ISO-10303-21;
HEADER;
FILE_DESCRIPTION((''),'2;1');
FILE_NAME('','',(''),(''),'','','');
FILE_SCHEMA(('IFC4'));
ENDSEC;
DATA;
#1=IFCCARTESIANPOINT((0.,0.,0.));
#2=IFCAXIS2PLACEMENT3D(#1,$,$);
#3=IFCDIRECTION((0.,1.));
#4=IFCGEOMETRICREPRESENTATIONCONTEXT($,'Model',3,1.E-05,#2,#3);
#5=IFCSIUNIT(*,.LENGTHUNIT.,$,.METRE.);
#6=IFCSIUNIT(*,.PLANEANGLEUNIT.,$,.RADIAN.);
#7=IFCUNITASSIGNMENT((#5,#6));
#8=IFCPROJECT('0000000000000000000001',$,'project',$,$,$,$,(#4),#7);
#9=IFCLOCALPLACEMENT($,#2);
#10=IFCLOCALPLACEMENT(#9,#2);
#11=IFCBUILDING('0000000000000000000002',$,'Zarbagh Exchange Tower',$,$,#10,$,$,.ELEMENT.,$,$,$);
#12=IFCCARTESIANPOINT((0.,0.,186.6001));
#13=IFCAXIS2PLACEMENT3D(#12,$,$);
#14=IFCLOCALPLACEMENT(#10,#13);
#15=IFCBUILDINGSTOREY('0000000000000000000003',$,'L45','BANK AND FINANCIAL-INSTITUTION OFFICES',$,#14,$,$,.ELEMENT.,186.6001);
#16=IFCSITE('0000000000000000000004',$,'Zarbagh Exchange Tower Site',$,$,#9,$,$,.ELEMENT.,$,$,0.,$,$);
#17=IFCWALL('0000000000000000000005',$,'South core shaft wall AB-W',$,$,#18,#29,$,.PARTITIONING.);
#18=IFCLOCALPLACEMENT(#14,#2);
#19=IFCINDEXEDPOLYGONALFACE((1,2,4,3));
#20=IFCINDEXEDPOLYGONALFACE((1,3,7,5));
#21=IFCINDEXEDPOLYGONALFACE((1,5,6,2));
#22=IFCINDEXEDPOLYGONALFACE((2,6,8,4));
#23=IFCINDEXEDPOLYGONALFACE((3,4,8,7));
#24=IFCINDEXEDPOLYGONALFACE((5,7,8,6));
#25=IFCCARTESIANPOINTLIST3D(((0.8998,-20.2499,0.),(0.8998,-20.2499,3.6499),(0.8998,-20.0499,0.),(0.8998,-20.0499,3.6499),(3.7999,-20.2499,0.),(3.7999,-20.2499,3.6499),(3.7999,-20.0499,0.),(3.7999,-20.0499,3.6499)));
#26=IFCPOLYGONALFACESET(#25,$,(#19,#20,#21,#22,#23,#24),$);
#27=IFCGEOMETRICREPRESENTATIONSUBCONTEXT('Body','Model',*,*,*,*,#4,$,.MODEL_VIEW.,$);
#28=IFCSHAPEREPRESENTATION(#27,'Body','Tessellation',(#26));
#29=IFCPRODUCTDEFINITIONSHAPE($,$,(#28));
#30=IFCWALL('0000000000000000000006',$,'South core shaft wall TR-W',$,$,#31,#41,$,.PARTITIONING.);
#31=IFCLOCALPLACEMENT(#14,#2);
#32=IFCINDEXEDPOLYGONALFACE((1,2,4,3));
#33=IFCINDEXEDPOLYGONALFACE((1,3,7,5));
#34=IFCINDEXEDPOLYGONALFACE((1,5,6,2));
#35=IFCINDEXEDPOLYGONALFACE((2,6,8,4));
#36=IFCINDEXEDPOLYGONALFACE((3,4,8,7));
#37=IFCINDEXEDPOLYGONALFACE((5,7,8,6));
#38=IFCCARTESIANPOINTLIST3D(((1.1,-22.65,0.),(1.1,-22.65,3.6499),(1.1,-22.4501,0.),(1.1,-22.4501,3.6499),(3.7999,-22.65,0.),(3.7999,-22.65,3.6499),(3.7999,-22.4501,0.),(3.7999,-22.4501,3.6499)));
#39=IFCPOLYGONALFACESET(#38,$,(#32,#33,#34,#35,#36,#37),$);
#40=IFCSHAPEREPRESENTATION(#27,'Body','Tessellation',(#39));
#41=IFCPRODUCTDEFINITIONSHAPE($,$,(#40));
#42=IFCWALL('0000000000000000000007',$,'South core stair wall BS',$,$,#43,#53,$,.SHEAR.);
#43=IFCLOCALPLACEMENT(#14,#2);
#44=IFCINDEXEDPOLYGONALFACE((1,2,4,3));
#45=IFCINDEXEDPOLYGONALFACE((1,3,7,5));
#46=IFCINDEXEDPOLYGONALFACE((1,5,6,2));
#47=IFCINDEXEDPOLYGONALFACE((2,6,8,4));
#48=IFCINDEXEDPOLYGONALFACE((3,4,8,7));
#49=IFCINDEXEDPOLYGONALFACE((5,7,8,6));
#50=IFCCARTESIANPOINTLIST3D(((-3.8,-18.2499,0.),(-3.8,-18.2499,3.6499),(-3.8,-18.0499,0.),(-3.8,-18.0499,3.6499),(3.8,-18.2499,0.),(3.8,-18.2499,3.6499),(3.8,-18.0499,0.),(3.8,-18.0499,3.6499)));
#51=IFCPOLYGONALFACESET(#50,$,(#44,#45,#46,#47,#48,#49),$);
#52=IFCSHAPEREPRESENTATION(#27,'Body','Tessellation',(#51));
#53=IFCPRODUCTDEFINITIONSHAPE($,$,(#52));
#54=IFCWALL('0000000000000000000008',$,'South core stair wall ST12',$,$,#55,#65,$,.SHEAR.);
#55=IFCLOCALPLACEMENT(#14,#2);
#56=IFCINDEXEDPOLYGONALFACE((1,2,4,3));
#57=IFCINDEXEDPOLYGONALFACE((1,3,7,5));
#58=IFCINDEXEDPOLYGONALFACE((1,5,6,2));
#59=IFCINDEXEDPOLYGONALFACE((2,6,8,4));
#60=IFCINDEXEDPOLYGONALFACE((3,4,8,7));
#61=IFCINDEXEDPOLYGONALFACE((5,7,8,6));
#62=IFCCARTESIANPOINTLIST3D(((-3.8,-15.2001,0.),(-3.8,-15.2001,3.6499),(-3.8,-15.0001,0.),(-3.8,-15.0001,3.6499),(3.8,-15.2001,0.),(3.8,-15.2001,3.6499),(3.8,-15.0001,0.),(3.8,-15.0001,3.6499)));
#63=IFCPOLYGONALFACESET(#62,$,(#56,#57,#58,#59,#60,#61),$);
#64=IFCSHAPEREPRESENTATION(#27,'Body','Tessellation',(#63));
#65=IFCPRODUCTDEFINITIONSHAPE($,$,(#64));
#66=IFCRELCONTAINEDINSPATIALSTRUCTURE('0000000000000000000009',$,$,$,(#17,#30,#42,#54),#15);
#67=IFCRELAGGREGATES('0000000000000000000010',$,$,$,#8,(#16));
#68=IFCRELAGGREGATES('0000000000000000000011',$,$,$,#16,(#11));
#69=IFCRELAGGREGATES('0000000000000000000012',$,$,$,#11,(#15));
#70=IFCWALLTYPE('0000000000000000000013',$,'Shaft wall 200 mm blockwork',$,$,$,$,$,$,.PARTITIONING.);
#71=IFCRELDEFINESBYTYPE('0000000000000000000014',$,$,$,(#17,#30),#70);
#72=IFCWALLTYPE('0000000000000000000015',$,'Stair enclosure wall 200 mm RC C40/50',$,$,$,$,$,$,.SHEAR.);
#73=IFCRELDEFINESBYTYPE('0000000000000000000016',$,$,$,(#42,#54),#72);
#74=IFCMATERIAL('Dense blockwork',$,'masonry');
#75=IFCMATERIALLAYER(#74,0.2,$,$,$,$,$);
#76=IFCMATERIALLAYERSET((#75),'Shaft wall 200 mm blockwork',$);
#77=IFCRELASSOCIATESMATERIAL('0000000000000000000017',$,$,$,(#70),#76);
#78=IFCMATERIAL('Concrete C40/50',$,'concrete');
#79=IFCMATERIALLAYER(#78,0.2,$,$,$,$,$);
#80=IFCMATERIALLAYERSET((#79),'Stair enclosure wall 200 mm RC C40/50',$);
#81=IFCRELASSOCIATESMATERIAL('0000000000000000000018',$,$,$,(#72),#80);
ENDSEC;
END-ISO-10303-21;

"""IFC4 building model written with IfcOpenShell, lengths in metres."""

from ifc_helpers import new_model, si_unit, direction, frame, frame_2d, origin, place, context, subcontext, project, spatial, rectangle, extrude, material, layer, layer_set, type_object, element, save


model = new_model("IFC4")

# Units and contexts
model_context = context("Model", 3, precision=1e-05, world=origin(), true_north=direction((0.0, 1.0)))
body_context = subcontext(model_context, "Body", "Model", "MODEL_VIEW")
ifc_project = project(units=[si_unit("LENGTHUNIT", "METRE"), si_unit("PLANEANGLEUNIT", "RADIAN")], contexts=[model_context])

# Site, building, storey
site_placement = place(None, origin())
site = spatial("IfcSite", under=ifc_project, at=site_placement, Name="Zarbagh Exchange Tower Site", CompositionType="ELEMENT", RefElevation=0.0)
building_placement = place(site_placement, origin())
building = spatial("IfcBuilding", under=site, at=building_placement, Name="Zarbagh Exchange Tower", CompositionType="ELEMENT")
storey_placement = place(building_placement, frame((0.0, 0.0, 186.6001)))
storey = spatial("IfcBuildingStorey", under=building, at=storey_placement, Name="L45", Description="BANK AND FINANCIAL-INSTITUTION OFFICES", CompositionType="ELEMENT", Elevation=186.6001)

# Walls
ifc_material_1 = material(Name="Dense blockwork", Category="masonry")
ifc_layer_1 = layer(ifc_material_1, 0.2)
ifc_layer_set_1 = layer_set([ifc_layer_1], Name="Shaft wall 200 mm blockwork")
wall_type_1 = type_object("IfcWallType", Name="Shaft wall 200 mm blockwork", PredefinedType="PARTITIONING", material=ifc_layer_set_1)
wall_1_placement = place(storey_placement, frame((3.8, -20.1499, 0.0), z_axis=(0.0, 0.0, 1.0), x_axis=(-1.0, 0.0, 0.0)))
element("IfcWall", 1, at=wall_1_placement, inside=storey, type_object=wall_type_1, Name="South core shaft wall AB-W", PredefinedType="PARTITIONING", context=body_context, shape_type="SweptSolid", body=[
    extrude(rectangle(XDim=2.9001, YDim=0.2, at=frame_2d((1.4502, 0.0))), origin(), (0.0, 0.0, 1.0), 3.6499),
])
wall_2_placement = place(storey_placement, frame((3.8, -22.55, 0.0), z_axis=(0.0, 0.0, 1.0), x_axis=(-1.0, 0.0, 0.0)))
element("IfcWall", 2, at=wall_2_placement, inside=storey, type_object=wall_type_1, Name="South core shaft wall TR-W", PredefinedType="PARTITIONING", context=body_context, shape_type="SweptSolid", body=[
    extrude(rectangle(XDim=2.7, YDim=0.2, at=frame_2d((1.3501, 0.0))), origin(), (0.0, 0.0, 1.0), 3.6499),
])
ifc_material_2 = material(Name="Concrete C40/50", Category="concrete")
ifc_layer_2 = layer(ifc_material_2, 0.2)
ifc_layer_set_2 = layer_set([ifc_layer_2], Name="Stair enclosure wall 200 mm RC C40/50")
wall_type_2 = type_object("IfcWallType", Name="Stair enclosure wall 200 mm RC C40/50", PredefinedType="SHEAR", material=ifc_layer_set_2)
for number, where, z_axis, x_axis, name in (
    (3, (3.8, -18.1499, 0.0), (0.0, 0.0, 1.0), (-1.0, 0.0, 0.0), "South core stair wall BS"),
    (4, (3.8, -15.1001, 0.0), (0.0, 0.0, 1.0), (-1.0, 0.0, 0.0), "South core stair wall ST12"),
):
    element("IfcWall", number, at=place(storey_placement, frame(where, z_axis=z_axis, x_axis=x_axis)), inside=storey, type_object=wall_type_2, Name=name, PredefinedType="SHEAR", context=body_context, shape_type="SweptSolid", body=[
        extrude(rectangle(XDim=7.6001, YDim=0.2, at=frame_2d((3.8, 0.0))), origin(), (0.0, 0.0, 1.0), 3.6499),
    ])

save(model, "model.ifc")
